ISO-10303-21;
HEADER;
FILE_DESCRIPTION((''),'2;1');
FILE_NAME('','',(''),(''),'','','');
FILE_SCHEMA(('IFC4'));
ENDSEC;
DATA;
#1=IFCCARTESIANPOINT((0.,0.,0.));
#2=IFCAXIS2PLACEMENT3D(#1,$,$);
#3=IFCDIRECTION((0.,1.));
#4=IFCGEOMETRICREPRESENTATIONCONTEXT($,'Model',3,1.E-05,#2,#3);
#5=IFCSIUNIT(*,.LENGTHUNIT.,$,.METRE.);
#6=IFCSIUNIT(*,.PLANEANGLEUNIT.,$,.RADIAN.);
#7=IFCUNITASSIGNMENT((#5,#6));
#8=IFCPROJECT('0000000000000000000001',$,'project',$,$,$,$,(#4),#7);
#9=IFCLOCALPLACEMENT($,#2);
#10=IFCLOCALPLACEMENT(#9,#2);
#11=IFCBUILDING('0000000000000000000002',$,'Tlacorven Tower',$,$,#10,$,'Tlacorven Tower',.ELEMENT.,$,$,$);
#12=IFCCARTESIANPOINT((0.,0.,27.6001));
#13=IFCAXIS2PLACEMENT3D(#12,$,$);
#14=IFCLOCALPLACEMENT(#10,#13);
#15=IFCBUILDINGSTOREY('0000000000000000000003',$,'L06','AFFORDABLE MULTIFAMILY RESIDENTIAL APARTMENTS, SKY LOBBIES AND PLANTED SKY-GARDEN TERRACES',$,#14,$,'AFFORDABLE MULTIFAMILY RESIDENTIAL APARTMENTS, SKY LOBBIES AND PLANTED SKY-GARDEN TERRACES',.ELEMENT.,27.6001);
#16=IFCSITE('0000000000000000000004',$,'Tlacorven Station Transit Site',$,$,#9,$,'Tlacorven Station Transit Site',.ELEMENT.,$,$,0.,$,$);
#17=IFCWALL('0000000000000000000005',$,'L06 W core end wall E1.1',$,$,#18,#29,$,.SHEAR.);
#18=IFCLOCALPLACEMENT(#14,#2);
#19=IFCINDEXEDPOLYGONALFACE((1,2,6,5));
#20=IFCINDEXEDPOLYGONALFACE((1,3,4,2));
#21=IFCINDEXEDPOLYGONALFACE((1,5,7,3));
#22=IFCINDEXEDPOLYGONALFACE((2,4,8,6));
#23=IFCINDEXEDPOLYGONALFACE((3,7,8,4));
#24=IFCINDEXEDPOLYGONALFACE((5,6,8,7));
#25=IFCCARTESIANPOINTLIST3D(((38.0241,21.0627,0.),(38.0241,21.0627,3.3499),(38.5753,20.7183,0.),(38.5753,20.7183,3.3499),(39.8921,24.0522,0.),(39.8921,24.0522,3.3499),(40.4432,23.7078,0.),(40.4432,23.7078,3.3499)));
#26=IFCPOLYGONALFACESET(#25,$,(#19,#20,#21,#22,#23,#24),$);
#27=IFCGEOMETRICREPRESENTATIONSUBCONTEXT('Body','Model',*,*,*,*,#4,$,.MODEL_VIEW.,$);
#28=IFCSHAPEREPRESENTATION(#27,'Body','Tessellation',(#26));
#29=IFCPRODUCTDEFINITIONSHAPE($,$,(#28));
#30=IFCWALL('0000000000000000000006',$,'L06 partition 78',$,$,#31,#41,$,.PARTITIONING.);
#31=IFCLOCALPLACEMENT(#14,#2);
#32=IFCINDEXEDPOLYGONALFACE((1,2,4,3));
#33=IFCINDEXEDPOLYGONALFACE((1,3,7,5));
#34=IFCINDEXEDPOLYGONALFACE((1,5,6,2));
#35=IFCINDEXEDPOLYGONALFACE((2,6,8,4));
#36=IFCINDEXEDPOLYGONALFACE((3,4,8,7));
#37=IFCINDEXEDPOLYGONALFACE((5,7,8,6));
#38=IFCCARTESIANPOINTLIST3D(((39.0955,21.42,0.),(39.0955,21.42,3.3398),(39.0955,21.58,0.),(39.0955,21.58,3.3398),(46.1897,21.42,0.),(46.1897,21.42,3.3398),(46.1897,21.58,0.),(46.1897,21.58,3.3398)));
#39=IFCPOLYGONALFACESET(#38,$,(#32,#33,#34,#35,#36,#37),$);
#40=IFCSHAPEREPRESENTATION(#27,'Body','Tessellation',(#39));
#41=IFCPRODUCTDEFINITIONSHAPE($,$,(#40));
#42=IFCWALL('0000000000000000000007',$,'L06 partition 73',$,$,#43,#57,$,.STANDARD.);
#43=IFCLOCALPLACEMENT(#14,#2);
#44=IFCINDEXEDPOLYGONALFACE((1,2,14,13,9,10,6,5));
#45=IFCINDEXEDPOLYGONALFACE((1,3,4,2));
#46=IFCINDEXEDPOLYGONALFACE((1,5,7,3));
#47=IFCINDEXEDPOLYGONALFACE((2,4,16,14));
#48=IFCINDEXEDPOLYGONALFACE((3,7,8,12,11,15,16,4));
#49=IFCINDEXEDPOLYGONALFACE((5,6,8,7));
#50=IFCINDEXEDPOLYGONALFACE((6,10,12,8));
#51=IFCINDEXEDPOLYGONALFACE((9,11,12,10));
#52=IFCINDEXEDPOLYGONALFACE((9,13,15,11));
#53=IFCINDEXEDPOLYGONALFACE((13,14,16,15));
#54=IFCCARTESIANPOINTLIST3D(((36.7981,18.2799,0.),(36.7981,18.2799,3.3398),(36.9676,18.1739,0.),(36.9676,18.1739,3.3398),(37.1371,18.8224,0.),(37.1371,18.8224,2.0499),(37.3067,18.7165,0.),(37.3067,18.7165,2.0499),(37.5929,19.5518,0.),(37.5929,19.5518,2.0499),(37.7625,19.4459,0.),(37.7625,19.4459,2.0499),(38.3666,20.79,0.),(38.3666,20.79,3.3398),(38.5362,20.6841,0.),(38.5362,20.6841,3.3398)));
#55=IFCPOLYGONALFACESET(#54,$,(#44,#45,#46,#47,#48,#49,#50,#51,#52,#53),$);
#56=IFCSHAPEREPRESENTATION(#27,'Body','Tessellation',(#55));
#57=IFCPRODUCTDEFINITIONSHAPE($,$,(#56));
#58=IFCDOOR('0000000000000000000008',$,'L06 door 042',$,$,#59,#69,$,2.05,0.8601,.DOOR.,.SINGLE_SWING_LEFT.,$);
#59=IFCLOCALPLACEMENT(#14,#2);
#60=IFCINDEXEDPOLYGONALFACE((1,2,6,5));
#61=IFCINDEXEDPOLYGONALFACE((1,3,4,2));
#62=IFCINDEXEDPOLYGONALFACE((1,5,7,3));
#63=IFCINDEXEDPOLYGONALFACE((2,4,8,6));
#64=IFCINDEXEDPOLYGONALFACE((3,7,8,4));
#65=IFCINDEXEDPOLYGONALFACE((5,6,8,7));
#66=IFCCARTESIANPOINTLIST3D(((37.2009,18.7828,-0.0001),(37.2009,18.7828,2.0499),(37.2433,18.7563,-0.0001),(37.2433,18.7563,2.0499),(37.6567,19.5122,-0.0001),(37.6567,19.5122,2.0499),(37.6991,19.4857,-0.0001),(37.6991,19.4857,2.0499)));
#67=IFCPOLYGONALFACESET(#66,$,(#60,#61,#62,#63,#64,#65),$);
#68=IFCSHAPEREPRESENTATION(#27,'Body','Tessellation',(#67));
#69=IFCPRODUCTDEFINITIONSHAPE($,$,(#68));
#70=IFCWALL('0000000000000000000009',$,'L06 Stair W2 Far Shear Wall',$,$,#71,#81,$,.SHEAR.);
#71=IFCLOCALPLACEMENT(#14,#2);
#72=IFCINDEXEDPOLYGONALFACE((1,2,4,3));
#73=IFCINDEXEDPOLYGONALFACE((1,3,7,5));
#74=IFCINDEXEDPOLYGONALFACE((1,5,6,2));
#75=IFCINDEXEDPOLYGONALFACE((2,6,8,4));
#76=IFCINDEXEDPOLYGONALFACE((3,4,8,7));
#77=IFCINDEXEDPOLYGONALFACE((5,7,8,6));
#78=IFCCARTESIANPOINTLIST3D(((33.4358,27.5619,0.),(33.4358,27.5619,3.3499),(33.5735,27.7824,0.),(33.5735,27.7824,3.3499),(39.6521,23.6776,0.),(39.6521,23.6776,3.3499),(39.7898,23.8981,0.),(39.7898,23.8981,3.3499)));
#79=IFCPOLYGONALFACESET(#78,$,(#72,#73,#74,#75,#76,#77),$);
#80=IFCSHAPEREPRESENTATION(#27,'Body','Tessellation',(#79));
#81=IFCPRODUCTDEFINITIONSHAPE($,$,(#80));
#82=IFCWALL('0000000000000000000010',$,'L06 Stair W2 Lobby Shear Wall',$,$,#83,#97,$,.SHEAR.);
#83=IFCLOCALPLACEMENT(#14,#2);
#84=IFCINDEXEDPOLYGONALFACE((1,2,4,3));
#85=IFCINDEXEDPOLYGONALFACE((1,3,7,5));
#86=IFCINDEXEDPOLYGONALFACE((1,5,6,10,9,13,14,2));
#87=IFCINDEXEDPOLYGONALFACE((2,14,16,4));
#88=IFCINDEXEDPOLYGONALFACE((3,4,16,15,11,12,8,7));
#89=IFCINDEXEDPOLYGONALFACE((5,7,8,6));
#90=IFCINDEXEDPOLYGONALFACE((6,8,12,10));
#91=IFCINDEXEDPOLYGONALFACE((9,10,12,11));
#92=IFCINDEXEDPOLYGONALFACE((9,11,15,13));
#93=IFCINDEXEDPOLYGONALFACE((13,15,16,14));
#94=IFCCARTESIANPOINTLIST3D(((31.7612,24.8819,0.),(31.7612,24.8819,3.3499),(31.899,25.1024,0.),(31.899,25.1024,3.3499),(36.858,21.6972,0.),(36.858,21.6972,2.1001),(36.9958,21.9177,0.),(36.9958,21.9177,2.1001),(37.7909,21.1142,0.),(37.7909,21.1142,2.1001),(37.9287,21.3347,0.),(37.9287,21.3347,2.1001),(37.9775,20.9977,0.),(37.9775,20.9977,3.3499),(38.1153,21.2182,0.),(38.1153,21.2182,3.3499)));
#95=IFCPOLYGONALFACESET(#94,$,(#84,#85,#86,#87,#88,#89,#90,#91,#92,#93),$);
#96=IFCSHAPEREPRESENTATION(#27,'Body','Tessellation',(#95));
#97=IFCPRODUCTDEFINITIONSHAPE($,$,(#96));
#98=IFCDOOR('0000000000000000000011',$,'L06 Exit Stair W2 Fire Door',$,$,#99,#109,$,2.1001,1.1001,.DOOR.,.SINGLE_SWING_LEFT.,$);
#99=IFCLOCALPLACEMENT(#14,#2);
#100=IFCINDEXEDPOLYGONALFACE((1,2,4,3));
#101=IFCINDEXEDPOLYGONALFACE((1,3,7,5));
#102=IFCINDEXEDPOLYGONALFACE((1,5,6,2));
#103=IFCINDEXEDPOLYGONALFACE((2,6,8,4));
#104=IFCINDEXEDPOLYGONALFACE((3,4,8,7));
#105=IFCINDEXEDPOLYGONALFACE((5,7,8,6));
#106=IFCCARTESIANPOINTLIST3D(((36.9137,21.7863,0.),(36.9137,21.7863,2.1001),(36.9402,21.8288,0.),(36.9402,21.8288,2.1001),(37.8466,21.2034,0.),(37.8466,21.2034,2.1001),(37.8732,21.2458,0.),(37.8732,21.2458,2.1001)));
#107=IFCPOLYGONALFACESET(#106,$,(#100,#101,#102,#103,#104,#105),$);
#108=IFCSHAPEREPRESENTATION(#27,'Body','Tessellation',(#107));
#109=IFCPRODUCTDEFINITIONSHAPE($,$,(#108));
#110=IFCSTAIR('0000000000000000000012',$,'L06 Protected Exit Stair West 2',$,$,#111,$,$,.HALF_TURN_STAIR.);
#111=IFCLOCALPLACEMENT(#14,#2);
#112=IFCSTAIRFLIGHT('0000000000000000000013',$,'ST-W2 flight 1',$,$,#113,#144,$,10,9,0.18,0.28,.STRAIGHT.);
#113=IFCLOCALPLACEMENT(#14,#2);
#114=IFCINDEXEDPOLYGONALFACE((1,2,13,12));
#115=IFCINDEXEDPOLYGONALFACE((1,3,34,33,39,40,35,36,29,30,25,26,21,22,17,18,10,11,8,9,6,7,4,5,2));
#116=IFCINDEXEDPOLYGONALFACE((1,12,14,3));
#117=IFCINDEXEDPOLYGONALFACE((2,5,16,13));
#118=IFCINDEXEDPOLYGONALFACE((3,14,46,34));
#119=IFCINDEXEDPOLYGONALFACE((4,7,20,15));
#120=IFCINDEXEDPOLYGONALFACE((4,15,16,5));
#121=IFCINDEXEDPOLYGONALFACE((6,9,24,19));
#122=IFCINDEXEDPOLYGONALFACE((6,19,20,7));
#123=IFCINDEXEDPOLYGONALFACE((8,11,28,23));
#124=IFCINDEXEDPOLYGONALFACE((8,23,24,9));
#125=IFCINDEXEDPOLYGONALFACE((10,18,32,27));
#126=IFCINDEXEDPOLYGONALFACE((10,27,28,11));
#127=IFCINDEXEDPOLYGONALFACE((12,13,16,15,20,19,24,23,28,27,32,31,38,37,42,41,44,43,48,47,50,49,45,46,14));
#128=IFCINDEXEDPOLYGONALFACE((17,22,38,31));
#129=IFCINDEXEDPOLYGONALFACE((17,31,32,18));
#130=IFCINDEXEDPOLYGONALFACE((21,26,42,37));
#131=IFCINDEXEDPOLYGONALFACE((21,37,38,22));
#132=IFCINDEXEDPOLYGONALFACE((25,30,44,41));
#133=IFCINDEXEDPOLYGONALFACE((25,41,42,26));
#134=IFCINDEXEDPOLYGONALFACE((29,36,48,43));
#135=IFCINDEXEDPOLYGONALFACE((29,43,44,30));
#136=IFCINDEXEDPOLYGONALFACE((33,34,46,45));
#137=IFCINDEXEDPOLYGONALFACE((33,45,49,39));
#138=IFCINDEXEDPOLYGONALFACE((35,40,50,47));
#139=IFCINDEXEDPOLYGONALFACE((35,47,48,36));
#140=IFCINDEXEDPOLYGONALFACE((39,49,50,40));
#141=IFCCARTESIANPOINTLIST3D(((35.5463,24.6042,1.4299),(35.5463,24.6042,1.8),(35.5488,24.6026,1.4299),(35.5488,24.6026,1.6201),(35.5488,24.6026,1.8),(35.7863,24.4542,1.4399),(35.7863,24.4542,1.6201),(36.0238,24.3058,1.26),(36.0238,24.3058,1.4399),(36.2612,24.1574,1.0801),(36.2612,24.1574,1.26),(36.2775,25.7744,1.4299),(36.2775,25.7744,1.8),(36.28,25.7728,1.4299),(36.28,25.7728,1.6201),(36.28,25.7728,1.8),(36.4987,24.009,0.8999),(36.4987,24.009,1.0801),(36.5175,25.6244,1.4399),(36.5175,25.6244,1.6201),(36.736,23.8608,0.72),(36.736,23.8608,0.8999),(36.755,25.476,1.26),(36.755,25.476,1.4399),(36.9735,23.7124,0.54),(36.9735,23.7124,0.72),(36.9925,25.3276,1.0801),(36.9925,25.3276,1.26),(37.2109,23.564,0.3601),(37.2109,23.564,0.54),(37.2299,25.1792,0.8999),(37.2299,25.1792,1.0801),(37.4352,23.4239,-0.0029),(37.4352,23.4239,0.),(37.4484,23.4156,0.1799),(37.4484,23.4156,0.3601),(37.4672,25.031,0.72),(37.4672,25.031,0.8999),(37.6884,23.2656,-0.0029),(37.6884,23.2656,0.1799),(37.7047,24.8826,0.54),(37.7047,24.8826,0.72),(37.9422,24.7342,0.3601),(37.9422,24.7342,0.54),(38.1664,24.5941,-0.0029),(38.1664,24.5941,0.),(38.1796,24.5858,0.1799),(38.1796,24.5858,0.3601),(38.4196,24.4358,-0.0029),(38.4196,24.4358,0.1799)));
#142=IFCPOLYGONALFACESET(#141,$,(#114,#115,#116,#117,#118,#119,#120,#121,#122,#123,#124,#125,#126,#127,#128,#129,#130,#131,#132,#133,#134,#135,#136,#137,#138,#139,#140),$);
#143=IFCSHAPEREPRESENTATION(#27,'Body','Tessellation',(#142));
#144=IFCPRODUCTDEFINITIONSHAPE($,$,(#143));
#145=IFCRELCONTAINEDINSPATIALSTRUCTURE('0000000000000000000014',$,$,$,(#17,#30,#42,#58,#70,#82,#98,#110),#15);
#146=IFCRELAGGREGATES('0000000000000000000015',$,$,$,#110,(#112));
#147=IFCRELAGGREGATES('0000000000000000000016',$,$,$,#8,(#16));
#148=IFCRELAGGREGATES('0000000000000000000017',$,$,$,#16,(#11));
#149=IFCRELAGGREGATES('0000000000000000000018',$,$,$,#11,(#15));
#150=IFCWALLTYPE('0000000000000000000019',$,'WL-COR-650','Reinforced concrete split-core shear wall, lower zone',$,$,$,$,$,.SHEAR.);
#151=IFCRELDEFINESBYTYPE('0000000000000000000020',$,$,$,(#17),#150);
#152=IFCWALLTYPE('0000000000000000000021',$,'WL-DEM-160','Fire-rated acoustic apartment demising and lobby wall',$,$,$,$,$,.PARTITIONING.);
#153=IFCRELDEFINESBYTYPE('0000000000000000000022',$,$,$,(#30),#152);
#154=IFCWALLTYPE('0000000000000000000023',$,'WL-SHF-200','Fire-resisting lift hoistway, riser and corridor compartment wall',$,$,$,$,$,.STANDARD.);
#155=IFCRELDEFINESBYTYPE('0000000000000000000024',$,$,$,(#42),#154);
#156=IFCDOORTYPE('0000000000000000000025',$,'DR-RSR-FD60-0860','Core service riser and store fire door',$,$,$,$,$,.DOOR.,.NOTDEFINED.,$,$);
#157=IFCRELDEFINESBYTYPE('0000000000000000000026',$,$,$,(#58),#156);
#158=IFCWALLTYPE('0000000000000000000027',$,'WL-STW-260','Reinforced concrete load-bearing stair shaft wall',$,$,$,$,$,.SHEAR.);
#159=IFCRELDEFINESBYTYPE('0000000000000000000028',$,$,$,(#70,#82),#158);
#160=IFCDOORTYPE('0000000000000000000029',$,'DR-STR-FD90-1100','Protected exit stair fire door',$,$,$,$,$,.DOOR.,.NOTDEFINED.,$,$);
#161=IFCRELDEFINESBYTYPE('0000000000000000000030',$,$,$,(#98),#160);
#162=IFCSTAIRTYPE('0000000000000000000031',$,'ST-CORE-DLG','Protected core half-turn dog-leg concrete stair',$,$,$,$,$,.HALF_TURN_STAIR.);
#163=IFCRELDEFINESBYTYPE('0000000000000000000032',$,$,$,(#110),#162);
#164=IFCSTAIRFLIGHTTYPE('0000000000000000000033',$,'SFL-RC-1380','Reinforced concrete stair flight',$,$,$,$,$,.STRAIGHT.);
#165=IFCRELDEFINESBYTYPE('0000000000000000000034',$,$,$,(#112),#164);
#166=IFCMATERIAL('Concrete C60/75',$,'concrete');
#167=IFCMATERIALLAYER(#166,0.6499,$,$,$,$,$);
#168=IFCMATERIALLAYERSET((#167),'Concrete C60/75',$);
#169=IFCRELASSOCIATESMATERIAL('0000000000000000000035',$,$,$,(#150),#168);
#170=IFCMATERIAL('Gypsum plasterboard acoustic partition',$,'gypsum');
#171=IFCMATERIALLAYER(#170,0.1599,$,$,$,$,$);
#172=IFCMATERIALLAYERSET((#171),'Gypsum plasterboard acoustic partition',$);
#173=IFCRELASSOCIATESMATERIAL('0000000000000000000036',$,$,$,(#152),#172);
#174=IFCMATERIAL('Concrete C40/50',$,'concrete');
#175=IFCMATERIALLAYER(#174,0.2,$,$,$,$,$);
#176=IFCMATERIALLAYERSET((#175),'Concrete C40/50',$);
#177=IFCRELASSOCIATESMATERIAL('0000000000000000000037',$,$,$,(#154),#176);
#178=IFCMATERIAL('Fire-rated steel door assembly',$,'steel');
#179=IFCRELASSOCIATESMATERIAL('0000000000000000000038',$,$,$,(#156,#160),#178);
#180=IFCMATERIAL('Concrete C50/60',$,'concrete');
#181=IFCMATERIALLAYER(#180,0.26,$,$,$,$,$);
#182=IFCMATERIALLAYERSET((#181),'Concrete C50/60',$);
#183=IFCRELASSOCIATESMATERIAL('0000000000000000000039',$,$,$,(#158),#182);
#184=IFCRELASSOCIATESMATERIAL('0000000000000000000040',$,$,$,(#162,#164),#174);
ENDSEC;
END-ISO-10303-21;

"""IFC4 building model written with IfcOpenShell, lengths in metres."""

from ifc_helpers import new_model, si_unit, direction, frame, frame_2d, origin, place, context, subcontext, project, spatial, polyline, rectangle, outline, extrude, source, transform, mapped, material, layer, layer_set, type_object, element, fill, aggregate, save


model = new_model("IFC4")

# Units and contexts
model_context = context("Model", 3, precision=1e-05, world=origin(), true_north=direction((0.0, 1.0)))
body_context = subcontext(model_context, "Body", "Model", "MODEL_VIEW")
ifc_project = project(units=[si_unit("LENGTHUNIT", "METRE"), si_unit("PLANEANGLEUNIT", "RADIAN")], contexts=[model_context])

# Site, building, storey
site_placement = place(None, origin())
site = spatial("IfcSite", under=ifc_project, at=site_placement, Name="Tlacorven Station Transit Site", LongName="Tlacorven Station Transit Site", CompositionType="ELEMENT", RefElevation=0.0)
building_placement = place(site_placement, origin())
building = spatial("IfcBuilding", under=site, at=building_placement, Name="Tlacorven Tower", LongName="Tlacorven Tower", CompositionType="ELEMENT")
storey_placement = place(building_placement, frame((0.0, 0.0, 27.6001)))
storey = spatial("IfcBuildingStorey", under=building, at=storey_placement, Name="L06", Description="AFFORDABLE MULTIFAMILY RESIDENTIAL APARTMENTS, SKY LOBBIES AND PLANTED SKY-GARDEN TERRACES", LongName="AFFORDABLE MULTIFAMILY RESIDENTIAL APARTMENTS, SKY LOBBIES AND PLANTED SKY-GARDEN TERRACES", CompositionType="ELEMENT", Elevation=27.6001)

# Shared definitions
ifc_material_1 = material(Name="Concrete C60/75", Category="concrete")

# Walls
ifc_layer_1 = layer(ifc_material_1, 0.6499)
ifc_layer_set_1 = layer_set([ifc_layer_1], Name="Concrete C60/75")
wall_type_1 = type_object("IfcWallType", Name="WL-COR-650", Description="Reinforced concrete split-core shear wall, lower zone", PredefinedType="SHEAR", material=ifc_layer_set_1)
wall_1_placement = place(storey_placement, frame((40.1677, 23.8801, 0.0), z_axis=(0.0, 0.0, 1.0), x_axis=(-0.529893, -0.848064, 0.0)))
element("IfcWall", 1, at=wall_1_placement, inside=storey, type_object=wall_type_1, Name="L06 W core end wall E1.1", PredefinedType="SHEAR", context=body_context, shape_type="SweptSolid", body=[
    extrude(rectangle(XDim=3.5251, YDim=0.6499, at=frame_2d((1.7627, 0.0))), origin(), (0.0, 0.0, 1.0), 3.3499),
])
ifc_material_2 = material(Name="Gypsum plasterboard acoustic partition", Category="gypsum")
ifc_layer_2 = layer(ifc_material_2, 0.1599)
ifc_layer_set_2 = layer_set([ifc_layer_2], Name="Gypsum plasterboard acoustic partition")
wall_type_2 = type_object("IfcWallType", Name="WL-DEM-160", Description="Fire-rated acoustic apartment demising and lobby wall", PredefinedType="PARTITIONING", material=ifc_layer_set_2)
wall_2_placement = place(storey_placement, frame((39.0955, 21.5, 0.0), z_axis=(0.0, 0.0, 1.0), x_axis=(1.0, 0.0, 0.0)))
element("IfcWall", 2, at=wall_2_placement, inside=storey, type_object=wall_type_2, Name="L06 partition 78", PredefinedType="PARTITIONING", context=body_context, shape_type="SweptSolid", body=[
    extrude(rectangle(XDim=7.0942, YDim=0.1599, at=frame_2d((3.5471, 0.0))), origin(), (0.0, 0.0, 1.0), 3.3398),
])

# Wall, opening, door
ifc_material_3 = material(Name="Concrete C40/50", Category="concrete")
ifc_layer_3 = layer(ifc_material_3, 0.2)
ifc_layer_set_3 = layer_set([ifc_layer_3], Name="Concrete C40/50")
wall_type_3 = type_object("IfcWallType", Name="WL-SHF-200", Description="Fire-resisting lift hoistway, riser and corridor compartment wall", PredefinedType="STANDARD", material=ifc_layer_set_3)
wall_3_placement = place(storey_placement, frame((38.4514, 20.7371, 0.0), z_axis=(0.0, 0.0, 1.0), x_axis=(-0.529925, -0.848045, 0.0)))
wall_3 = element("IfcWall", 3, at=wall_3_placement, inside=storey, type_object=wall_type_3, Name="L06 partition 73", PredefinedType="STANDARD", context=body_context, shape_type="SweptSolid", body=[
    extrude(rectangle(XDim=2.96, YDim=0.2, at=frame_2d((1.48, 0.0))), origin(), (0.0, 0.0, 1.0), 3.3398),
])
opening_1_placement = place(wall_3_placement, frame((1.46, 0.0, 0.0)))
opening_1 = element("IfcOpeningElement", 4, at=opening_1_placement, cuts=wall_3, PredefinedType="OPENING", context=body_context, shape_type="SweptSolid", body=[
    extrude(rectangle(XDim=0.8601, YDim=2.05, at=frame_2d((0.4302, 1.0249))), frame((0.0, 0.1099, 0.0), z_axis=(0.0, -1.0, 0.0), x_axis=(1.0, 0.0, 0.0)), (0.0, 0.0, 1.0), 0.22),
])
ifc_material_4 = material(Name="Fire-rated steel door assembly", Category="steel")
door_type_1 = type_object("IfcDoorType", Name="DR-RSR-FD60-0860", Description="Core service riser and store fire door", OperationType="NOTDEFINED", PredefinedType="DOOR", material=ifc_material_4)
shared_shape_1 = source(origin(), body_context, "Body", "SweptSolid", [
    extrude(rectangle(XDim=0.8601, YDim=2.05, at=frame_2d((0.4302, 1.0249))), frame((0.0, 0.0249, 0.0), z_axis=(0.0, -1.0, 0.0), x_axis=(1.0, 0.0, 0.0)), (0.0, 0.0, 1.0), 0.05),
])
door_1_placement = place(opening_1_placement, frame((0.8601, 0.0, 0.0), z_axis=(0.0, 0.0, 1.0), x_axis=(-1.0, 0.0, 0.0)))
door_1 = element("IfcDoor", 5, at=door_1_placement, inside=storey, type_object=door_type_1, Name="L06 door 042", OperationType="SINGLE_SWING_LEFT", OverallHeight=2.05, OverallWidth=0.8601, PredefinedType="DOOR", context=body_context, shape_type="MappedRepresentation", body=[
    mapped(shared_shape_1, transform((0.0, 0.0, 0.0), scale=1.0)),
])
fill(opening_1, door_1)

# Wall
ifc_material_5 = material(Name="Concrete C50/60", Category="concrete")
ifc_layer_4 = layer(ifc_material_5, 0.26)
ifc_layer_set_4 = layer_set([ifc_layer_4], Name="Concrete C50/60")
wall_type_4 = type_object("IfcWallType", Name="WL-STW-260", Description="Reinforced concrete load-bearing stair shaft wall", PredefinedType="SHEAR", material=ifc_layer_set_4)
wall_4_placement = place(storey_placement, frame((39.7209, 23.7878, 0.0), z_axis=(0.0, 0.0, 1.0), x_axis=(-0.848054, 0.529909, 0.0)))
element("IfcWall", 6, at=wall_4_placement, inside=storey, type_object=wall_type_4, Name="L06 Stair W2 Far Shear Wall", PredefinedType="SHEAR", context=body_context, shape_type="SweptSolid", body=[
    extrude(rectangle(XDim=7.3301, YDim=0.26, at=frame_2d((3.665, 0.0))), origin(), (0.0, 0.0, 1.0), 3.3499),
])

# Wall, opening, door
wall_5_placement = place(storey_placement, frame((38.0464, 21.1079, 0.0), z_axis=(0.0, 0.0, 1.0), x_axis=(-0.848054, 0.529909, 0.0)))
wall_5 = element("IfcWall", 7, at=wall_5_placement, inside=storey, type_object=wall_type_4, Name="L06 Stair W2 Lobby Shear Wall", PredefinedType="SHEAR", context=body_context, shape_type="SweptSolid", body=[
    extrude(rectangle(XDim=7.3301, YDim=0.26, at=frame_2d((3.665, 0.0))), origin(), (0.0, 0.0, 1.0), 3.3499),
])
opening_2_placement = place(wall_5_placement, frame((0.22, 0.0, 0.0)))
opening_2 = element("IfcOpeningElement", 8, at=opening_2_placement, cuts=wall_5, PredefinedType="OPENING", context=body_context, shape_type="SweptSolid", body=[
    extrude(rectangle(XDim=1.1001, YDim=2.1001, at=frame_2d((0.55, 1.05))), frame((0.0, 0.1401, 0.0), z_axis=(0.0, -1.0, 0.0), x_axis=(1.0, 0.0, 0.0)), (0.0, 0.0, 1.0), 0.28),
])
door_type_2 = type_object("IfcDoorType", Name="DR-STR-FD90-1100", Description="Protected exit stair fire door", OperationType="NOTDEFINED", PredefinedType="DOOR", material=ifc_material_4)
shared_shape_2 = source(origin(), body_context, "Body", "SweptSolid", [
    extrude(rectangle(XDim=1.1001, YDim=2.1001, at=frame_2d((0.55, 1.05))), frame((0.0, 0.0249, 0.0), z_axis=(0.0, -1.0, 0.0), x_axis=(1.0, 0.0, 0.0)), (0.0, 0.0, 1.0), 0.05),
])
door_2_placement = place(opening_2_placement, origin())
door_2 = element("IfcDoor", 9, at=door_2_placement, inside=storey, type_object=door_type_2, Name="L06 Exit Stair W2 Fire Door", OperationType="SINGLE_SWING_LEFT", OverallHeight=2.1001, OverallWidth=1.1001, PredefinedType="DOOR", context=body_context, shape_type="MappedRepresentation", body=[
    mapped(shared_shape_2, transform((0.0, 0.0, 0.0), scale=1.0)),
])
fill(opening_2, door_2)

# Stair, stair flight
stair_type = type_object("IfcStairType", Name="ST-CORE-DLG", Description="Protected core half-turn dog-leg concrete stair", PredefinedType="HALF_TURN_STAIR", material=ifc_material_3)
stair_placement = place(storey_placement, origin())
stair = element("IfcStair", 10, at=stair_placement, inside=storey, type_object=stair_type, Name="L06 Protected Exit Stair West 2", PredefinedType="HALF_TURN_STAIR")
stair_flight_type = type_object("IfcStairFlightType", Name="SFL-RC-1380", Description="Reinforced concrete stair flight", PredefinedType="STRAIGHT", material=ifc_material_3)
shared_shape_3 = source(origin(), body_context, "Body", "SweptSolid", [
    extrude(outline(polyline([(-0.0029, -0.0029), (-0.0029, 0.1799), (0.28, 0.1799), (0.28, 0.3601), (0.5601, 0.3601), (0.5601, 0.54), (0.8401, 0.54), (0.8401, 0.72), (1.1201, 0.72), (1.1201, 0.8999), (1.3999, 0.8999), (1.3999, 1.0801), (1.6799, 1.0801), (1.6799, 1.26), (1.96, 1.26), (1.96, 1.4399), (2.24, 1.4399), (2.24, 1.6201), (2.52, 1.6201), (2.52, 1.8), (2.5229, 1.8), (2.5229, 1.4299), (2.52, 1.4299), (0.2957, 0.0), (0.2957, -0.0029), (-0.0029, -0.0029)])), frame((0.0, 0.6899, 0.0), z_axis=(0.0, -1.0, 0.0), x_axis=(1.0, 0.0, 0.0)), (0.0, 0.0, 1.0), 1.3799),
])
stair_flight_1_placement = place(storey_placement, frame((38.0515, 23.8523, 0.0), z_axis=(0.0, 0.0, 1.0), x_axis=(-0.848048, 0.529919, 0.0)))
stair_flight_1 = element("IfcStairFlight", 11, at=stair_flight_1_placement, type_object=stair_flight_type, Name="ST-W2 flight 1", NumberOfRisers=10, NumberOfTreads=9, PredefinedType="STRAIGHT", RiserHeight=0.18, TreadLength=0.28, context=body_context, shape_type="MappedRepresentation", body=[
    mapped(shared_shape_3, transform((0.0, 0.0, 0.0), scale=1.0)),
])
aggregate(stair, [stair_flight_1])

save(model, "model.ifc")
